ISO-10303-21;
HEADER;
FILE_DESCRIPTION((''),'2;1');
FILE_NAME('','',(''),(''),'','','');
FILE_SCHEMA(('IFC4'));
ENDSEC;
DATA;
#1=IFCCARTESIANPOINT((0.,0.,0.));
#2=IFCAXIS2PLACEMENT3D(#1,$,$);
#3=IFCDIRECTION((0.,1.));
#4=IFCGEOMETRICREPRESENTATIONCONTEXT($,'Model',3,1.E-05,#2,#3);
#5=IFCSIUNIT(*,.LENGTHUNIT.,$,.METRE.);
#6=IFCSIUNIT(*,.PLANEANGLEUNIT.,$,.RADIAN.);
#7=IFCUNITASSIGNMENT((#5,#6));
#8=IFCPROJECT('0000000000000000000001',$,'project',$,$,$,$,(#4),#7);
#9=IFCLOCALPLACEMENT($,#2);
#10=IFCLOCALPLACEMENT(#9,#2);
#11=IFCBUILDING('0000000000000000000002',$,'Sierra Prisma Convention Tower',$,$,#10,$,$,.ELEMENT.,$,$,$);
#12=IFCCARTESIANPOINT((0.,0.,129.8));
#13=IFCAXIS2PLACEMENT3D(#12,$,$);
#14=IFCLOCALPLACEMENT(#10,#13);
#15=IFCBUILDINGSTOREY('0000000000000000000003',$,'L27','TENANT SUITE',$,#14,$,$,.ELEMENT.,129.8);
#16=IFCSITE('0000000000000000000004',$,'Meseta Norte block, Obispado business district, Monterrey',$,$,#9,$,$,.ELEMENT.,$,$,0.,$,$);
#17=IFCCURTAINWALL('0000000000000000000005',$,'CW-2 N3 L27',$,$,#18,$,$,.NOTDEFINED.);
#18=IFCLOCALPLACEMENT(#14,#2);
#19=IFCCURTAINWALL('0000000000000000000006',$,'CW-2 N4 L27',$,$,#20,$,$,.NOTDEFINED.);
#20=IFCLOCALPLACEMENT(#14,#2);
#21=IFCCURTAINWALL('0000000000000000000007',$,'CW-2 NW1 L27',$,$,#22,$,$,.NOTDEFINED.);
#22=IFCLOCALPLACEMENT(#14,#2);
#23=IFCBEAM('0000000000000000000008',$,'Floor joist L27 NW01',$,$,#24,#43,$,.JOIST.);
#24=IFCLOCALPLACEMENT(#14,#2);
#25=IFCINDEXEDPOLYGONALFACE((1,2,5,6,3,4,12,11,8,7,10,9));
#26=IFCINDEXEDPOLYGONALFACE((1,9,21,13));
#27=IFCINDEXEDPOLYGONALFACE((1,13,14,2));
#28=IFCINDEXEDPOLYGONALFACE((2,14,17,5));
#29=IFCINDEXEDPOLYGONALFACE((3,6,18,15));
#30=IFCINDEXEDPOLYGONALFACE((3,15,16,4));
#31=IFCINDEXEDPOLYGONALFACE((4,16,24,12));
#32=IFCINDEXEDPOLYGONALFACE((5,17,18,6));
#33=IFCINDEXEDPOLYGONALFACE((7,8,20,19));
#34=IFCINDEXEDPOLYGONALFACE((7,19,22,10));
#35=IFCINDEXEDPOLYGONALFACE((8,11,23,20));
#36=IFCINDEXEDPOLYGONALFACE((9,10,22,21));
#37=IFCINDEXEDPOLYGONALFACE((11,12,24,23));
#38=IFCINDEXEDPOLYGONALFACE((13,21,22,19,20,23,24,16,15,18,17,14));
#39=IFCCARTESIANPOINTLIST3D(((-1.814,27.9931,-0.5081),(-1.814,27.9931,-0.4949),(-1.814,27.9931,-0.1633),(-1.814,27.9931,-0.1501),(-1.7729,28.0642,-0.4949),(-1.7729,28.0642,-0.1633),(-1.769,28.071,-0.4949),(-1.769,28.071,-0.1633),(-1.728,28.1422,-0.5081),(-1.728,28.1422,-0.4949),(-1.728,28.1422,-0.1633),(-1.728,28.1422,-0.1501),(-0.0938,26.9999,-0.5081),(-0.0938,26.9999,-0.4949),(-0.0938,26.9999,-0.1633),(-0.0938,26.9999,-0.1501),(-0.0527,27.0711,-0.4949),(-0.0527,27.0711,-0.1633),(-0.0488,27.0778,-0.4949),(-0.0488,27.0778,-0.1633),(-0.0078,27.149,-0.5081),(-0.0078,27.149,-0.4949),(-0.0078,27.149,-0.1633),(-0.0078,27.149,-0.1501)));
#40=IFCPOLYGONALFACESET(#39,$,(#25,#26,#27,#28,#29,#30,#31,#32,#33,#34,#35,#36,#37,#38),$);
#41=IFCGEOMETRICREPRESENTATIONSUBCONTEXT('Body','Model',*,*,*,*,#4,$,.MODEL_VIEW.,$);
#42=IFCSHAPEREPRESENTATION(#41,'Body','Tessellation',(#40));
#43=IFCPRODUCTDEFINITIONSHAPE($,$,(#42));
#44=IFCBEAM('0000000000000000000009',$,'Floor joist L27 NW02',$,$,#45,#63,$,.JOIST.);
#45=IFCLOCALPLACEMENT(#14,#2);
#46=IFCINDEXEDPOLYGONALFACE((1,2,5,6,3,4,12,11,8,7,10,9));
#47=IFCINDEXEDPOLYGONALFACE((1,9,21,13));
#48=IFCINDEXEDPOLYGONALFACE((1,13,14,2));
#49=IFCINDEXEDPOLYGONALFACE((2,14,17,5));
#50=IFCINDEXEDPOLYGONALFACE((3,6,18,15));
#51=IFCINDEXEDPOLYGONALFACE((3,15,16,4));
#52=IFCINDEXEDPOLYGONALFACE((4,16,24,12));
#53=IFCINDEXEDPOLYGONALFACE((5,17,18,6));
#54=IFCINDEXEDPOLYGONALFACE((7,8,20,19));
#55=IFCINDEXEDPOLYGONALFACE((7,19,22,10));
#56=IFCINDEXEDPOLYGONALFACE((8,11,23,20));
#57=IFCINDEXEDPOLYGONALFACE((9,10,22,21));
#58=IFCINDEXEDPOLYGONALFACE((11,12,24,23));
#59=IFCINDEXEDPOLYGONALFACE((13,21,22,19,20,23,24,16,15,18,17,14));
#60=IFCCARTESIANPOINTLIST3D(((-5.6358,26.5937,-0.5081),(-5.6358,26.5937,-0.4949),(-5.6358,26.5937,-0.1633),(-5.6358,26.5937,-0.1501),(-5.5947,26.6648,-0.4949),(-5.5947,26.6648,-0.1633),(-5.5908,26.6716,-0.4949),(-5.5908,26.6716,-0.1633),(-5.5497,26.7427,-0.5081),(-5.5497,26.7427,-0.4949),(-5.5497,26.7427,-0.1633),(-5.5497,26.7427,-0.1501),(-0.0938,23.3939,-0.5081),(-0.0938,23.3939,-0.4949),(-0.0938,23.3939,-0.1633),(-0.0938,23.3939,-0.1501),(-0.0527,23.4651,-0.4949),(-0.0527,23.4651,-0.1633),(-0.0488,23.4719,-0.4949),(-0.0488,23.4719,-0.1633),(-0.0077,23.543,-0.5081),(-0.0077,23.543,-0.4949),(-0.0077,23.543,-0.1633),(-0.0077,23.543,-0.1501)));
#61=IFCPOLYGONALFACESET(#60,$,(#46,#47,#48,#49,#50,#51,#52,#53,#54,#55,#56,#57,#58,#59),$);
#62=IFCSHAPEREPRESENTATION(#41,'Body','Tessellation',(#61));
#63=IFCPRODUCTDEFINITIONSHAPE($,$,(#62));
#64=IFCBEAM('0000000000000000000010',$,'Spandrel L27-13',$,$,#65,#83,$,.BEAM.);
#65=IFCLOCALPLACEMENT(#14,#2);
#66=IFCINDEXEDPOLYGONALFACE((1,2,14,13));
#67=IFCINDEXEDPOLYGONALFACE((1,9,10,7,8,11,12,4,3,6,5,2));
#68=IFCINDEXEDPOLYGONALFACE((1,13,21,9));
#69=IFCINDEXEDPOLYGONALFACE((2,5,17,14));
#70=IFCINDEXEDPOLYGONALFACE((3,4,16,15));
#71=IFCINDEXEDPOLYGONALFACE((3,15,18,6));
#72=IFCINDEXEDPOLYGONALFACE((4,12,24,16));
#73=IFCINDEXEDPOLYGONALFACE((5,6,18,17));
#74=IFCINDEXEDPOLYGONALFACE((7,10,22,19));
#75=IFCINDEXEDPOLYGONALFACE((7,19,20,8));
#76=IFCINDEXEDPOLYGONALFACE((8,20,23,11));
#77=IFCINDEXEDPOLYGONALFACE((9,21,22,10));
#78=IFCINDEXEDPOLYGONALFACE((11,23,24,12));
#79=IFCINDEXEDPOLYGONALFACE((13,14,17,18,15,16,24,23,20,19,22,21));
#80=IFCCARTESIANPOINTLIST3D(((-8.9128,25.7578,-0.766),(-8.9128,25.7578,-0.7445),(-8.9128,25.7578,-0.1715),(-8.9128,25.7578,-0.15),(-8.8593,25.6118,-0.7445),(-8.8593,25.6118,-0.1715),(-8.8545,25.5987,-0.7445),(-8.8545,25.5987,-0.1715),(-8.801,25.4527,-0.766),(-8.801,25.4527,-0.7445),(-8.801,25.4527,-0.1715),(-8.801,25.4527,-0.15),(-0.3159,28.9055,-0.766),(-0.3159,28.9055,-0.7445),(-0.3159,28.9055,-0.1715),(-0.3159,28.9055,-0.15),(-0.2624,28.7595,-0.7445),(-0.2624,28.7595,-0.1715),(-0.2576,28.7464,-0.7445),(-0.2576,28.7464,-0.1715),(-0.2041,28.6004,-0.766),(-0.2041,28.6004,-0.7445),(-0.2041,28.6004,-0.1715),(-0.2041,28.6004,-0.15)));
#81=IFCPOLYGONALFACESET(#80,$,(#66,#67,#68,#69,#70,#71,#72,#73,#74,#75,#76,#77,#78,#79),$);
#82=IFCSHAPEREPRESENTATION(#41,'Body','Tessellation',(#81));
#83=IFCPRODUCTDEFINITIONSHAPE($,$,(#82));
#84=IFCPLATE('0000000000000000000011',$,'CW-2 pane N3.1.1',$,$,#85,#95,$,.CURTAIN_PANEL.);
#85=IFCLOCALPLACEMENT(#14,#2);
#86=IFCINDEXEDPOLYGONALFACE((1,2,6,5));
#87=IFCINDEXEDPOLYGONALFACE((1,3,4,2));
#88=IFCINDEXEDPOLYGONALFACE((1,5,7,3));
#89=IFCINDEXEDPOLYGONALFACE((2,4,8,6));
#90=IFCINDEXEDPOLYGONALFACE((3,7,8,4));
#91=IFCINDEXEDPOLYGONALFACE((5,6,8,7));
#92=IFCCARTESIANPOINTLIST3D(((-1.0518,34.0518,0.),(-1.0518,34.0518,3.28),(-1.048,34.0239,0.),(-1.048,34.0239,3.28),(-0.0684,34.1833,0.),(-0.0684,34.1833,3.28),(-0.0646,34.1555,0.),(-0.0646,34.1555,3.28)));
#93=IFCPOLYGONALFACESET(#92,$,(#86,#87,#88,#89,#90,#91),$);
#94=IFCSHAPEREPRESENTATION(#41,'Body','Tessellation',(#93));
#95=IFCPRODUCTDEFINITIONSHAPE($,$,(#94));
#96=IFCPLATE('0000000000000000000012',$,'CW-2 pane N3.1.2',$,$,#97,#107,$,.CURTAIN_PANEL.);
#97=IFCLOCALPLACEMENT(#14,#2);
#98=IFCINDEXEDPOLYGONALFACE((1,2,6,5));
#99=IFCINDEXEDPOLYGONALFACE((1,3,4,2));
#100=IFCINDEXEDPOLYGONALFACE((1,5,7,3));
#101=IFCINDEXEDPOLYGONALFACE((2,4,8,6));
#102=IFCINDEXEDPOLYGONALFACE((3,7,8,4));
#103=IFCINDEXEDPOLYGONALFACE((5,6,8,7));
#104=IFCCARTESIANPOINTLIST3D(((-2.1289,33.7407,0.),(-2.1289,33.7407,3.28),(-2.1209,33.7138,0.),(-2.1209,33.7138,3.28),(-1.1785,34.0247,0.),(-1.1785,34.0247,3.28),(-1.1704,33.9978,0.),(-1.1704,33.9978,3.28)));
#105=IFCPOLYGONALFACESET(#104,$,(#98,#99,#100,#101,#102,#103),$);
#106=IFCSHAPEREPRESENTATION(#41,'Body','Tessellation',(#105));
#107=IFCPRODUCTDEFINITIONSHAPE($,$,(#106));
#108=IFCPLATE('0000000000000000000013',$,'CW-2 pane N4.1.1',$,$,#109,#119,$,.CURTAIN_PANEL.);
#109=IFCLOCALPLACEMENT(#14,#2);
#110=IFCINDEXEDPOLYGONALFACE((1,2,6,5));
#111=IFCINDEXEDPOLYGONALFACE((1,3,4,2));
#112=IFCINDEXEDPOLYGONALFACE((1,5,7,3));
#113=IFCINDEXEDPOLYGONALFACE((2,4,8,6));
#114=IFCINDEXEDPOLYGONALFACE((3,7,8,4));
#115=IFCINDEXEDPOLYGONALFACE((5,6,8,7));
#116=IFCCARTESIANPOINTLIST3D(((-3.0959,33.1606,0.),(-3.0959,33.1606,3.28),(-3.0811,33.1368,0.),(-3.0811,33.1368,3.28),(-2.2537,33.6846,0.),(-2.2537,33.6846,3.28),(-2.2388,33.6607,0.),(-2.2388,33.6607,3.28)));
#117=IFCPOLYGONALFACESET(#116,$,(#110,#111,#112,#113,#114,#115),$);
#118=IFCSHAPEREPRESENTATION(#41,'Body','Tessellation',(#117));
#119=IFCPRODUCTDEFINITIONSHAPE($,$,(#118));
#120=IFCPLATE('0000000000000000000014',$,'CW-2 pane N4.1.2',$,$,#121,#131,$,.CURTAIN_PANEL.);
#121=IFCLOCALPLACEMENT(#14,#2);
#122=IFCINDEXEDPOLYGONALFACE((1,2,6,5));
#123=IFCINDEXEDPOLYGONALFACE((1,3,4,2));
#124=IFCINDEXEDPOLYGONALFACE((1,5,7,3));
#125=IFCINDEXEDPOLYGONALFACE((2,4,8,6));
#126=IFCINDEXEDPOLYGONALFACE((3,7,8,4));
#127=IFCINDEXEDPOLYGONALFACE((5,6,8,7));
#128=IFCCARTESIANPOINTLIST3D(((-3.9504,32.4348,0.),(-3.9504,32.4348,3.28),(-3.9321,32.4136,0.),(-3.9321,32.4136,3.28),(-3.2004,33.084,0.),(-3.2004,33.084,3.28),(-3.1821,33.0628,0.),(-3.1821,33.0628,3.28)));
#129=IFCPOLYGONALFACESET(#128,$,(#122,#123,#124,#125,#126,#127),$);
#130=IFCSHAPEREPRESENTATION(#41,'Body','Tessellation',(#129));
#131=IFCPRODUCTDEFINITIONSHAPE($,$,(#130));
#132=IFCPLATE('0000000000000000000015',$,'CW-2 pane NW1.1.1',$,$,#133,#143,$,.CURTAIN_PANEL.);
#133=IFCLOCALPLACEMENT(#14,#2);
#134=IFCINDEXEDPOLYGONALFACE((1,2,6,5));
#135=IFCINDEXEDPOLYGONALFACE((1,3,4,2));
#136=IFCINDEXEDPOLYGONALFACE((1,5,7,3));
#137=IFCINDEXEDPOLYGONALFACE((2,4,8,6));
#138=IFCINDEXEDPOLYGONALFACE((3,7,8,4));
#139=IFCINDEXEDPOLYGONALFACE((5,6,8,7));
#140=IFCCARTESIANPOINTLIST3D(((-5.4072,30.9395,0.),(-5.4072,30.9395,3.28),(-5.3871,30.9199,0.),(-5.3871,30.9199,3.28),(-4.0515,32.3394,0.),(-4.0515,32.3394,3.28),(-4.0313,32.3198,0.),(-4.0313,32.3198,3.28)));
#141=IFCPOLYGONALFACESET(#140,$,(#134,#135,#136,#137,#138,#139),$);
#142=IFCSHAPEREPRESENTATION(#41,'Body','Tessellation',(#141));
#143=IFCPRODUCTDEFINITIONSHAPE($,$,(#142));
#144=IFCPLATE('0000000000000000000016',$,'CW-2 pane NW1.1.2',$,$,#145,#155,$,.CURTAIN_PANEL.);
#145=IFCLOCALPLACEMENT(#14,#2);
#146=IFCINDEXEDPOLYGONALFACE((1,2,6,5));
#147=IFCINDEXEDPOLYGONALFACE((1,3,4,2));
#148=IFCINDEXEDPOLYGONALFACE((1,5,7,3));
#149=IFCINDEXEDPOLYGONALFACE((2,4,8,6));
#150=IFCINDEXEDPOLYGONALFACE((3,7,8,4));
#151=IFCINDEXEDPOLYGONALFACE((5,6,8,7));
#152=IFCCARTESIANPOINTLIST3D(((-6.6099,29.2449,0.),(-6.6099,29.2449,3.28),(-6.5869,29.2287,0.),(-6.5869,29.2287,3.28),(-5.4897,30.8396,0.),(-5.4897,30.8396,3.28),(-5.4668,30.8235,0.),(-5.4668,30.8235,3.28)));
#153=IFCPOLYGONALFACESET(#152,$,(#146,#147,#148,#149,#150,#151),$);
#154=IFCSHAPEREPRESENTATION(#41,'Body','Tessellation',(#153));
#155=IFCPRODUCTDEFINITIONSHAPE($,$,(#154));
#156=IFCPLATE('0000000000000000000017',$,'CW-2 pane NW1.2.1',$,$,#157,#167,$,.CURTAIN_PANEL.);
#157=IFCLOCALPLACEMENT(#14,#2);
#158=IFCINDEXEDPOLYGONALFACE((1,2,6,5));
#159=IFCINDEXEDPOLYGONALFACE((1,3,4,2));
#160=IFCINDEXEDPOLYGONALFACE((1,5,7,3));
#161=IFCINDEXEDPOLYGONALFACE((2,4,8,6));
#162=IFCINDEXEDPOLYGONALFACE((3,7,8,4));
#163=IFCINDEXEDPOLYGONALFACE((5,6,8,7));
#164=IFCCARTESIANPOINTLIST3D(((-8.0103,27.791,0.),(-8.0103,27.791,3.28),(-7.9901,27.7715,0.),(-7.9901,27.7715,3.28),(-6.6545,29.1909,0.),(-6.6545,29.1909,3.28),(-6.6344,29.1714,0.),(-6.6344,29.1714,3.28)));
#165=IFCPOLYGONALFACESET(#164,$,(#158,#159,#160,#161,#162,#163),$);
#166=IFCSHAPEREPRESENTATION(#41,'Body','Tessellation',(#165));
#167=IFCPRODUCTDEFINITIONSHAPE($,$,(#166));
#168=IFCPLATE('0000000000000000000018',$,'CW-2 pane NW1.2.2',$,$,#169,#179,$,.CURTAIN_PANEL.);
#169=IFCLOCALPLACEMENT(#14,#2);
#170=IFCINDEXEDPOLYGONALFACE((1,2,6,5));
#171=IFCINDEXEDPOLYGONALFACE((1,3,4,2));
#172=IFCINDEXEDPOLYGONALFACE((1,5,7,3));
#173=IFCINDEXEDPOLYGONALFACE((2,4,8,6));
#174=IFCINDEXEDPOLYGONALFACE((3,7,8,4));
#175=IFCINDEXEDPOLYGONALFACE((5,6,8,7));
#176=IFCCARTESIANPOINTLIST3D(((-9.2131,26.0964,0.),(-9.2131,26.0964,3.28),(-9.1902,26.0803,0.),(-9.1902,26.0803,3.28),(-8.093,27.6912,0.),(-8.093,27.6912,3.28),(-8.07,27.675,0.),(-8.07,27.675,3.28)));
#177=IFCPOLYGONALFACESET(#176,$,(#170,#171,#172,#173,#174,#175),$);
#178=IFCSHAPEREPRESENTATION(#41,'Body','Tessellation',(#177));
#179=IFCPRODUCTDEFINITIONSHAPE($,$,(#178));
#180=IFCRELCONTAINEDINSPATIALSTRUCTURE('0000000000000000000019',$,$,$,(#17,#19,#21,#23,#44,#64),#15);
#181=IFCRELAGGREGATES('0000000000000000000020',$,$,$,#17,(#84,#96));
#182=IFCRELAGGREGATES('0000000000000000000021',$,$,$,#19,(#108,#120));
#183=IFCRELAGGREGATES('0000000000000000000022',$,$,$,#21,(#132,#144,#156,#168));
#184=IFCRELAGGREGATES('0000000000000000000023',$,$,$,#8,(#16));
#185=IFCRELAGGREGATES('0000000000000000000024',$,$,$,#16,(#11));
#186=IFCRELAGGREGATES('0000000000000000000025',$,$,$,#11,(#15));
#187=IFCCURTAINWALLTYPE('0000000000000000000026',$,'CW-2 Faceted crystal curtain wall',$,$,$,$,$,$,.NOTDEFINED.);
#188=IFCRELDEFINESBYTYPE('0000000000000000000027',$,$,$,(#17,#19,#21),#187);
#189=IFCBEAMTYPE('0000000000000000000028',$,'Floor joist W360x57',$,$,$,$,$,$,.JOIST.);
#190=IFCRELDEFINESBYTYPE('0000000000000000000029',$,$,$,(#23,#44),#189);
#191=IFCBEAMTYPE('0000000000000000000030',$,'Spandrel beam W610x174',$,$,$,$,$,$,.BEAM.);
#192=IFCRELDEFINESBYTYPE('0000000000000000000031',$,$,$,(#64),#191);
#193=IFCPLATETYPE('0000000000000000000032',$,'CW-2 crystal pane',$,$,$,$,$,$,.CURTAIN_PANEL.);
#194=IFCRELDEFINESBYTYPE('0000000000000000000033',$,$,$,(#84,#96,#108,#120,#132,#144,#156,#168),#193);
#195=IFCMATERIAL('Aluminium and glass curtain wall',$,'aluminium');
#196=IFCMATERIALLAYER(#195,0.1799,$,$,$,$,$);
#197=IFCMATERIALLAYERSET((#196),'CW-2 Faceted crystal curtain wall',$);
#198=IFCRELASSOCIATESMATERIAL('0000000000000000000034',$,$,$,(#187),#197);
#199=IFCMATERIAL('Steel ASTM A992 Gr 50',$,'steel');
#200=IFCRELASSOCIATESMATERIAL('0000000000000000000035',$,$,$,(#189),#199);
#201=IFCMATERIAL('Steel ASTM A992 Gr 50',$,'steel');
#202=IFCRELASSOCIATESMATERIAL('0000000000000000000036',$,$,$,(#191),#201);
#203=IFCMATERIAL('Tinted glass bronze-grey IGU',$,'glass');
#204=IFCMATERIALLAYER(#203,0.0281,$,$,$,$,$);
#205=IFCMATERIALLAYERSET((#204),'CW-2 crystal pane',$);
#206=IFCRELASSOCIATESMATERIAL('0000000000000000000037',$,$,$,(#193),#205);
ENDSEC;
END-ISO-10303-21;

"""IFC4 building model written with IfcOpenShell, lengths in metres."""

from ifc_helpers import new_model, si_unit, direction, frame, origin, origin_2d, place, context, subcontext, project, spatial, polyline, i_section, outline, extrude, material, layer, layer_set, material_profile, profile_set, type_object, element, aggregate, save


model = new_model("IFC4")

# Units and contexts
model_context = context("Model", 3, precision=1e-05, world=origin(), true_north=direction((0.0, 1.0)))
body_context = subcontext(model_context, "Body", "Model", "MODEL_VIEW")
ifc_project = project(units=[si_unit("LENGTHUNIT", "METRE"), si_unit("PLANEANGLEUNIT", "RADIAN")], contexts=[model_context])

# Site, building, storey
site_placement = place(None, origin())
site = spatial("IfcSite", under=ifc_project, at=site_placement, Name="Meseta Norte block, Obispado business district, Monterrey", CompositionType="ELEMENT", RefElevation=0.0)
building_placement = place(site_placement, origin())
building = spatial("IfcBuilding", under=site, at=building_placement, Name="Sierra Prisma Convention Tower", CompositionType="ELEMENT")
storey_placement = place(building_placement, frame((0.0, 0.0, 129.8)))
storey = spatial("IfcBuildingStorey", under=building, at=storey_placement, Name="L27", Description="TENANT SUITE", CompositionType="ELEMENT", Elevation=129.8)

# Curtain walls
ifc_material_1 = material(Name="Aluminium and glass curtain wall", Category="aluminium")
ifc_layer_1 = layer(ifc_material_1, 0.1799)
ifc_layer_set_1 = layer_set([ifc_layer_1], Name="CW-2 Faceted crystal curtain wall")
curtain_wall_type = type_object("IfcCurtainWallType", Name="CW-2 Faceted crystal curtain wall", PredefinedType="NOTDEFINED", material=ifc_layer_set_1)
curtain_wall_1_placement = place(storey_placement, origin())
curtain_wall_1 = element("IfcCurtainWall", 1, at=curtain_wall_1_placement, inside=storey, type_object=curtain_wall_type, Name="CW-2 N3 L27", PredefinedType="NOTDEFINED")
curtain_wall_2_placement = place(storey_placement, origin())
curtain_wall_2 = element("IfcCurtainWall", 2, at=curtain_wall_2_placement, inside=storey, type_object=curtain_wall_type, Name="CW-2 N4 L27", PredefinedType="NOTDEFINED")

# Curtain wall
curtain_wall_3_placement = place(storey_placement, origin())
curtain_wall_3 = element("IfcCurtainWall", 3, at=curtain_wall_3_placement, inside=storey, type_object=curtain_wall_type, Name="CW-2 NW1 L27", PredefinedType="NOTDEFINED")

# Beams
ifc_material_2 = material(Name="Steel ASTM A992 Gr 50", Category="steel")
ifc_material_profile_1 = material_profile(ifc_material_2, i_section(OverallWidth=0.1721, OverallDepth=0.3579, WebThickness=0.0078, FlangeThickness=0.0132, at=origin_2d()), Name="W360x57")
ifc_profile_set_1 = profile_set([ifc_material_profile_1], Name="Steel ASTM A992 Gr 50")
beam_type_1 = type_object("IfcBeamType", Name="Floor joist W360x57", PredefinedType="JOIST", material=ifc_profile_set_1)
beam_1_placement = place(storey_placement, frame((-1.771, 28.0676, -0.3291), z_axis=(0.866026, -0.499999, 0.0), x_axis=(0.499999, 0.866026, 0.0)))
element("IfcBeam", 4, at=beam_1_placement, inside=storey, type_object=beam_type_1, Name="Floor joist L27 NW01", PredefinedType="JOIST", context=body_context, shape_type="SweptSolid", body=[
    extrude(i_section(OverallWidth=0.1721, OverallDepth=0.3579, WebThickness=0.0078, FlangeThickness=0.0132, at=origin_2d()), origin(), (0.0, 0.0, 1.0), 1.9863),
])
beam_2_placement = place(storey_placement, frame((-5.5928, 26.6682, -0.3291), z_axis=(0.866023, -0.500004, 0.0), x_axis=(0.500004, 0.866023, 0.0)))
element("IfcBeam", 5, at=beam_2_placement, inside=storey, type_object=beam_type_1, Name="Floor joist L27 NW02", PredefinedType="JOIST", context=body_context, shape_type="SweptSolid", body=[
    extrude(i_section(OverallWidth=0.1721, OverallDepth=0.3579, WebThickness=0.0078, FlangeThickness=0.0132, at=origin_2d()), origin(), (0.0, 0.0, 1.0), 6.3994),
])
ifc_material_3 = material(Name="Steel ASTM A992 Gr 50", Category="steel")
ifc_material_profile_2 = material_profile(ifc_material_3, i_section(OverallWidth=0.325, OverallDepth=0.616, WebThickness=0.0139, FlangeThickness=0.0215, at=origin_2d()), Name="W610x174")
ifc_profile_set_2 = profile_set([ifc_material_profile_2], Name="Steel ASTM A992 Gr 50")
beam_type_2 = type_object("IfcBeamType", Name="Spandrel beam W610x174", PredefinedType="BEAM", material=ifc_profile_set_2)
beam_3_placement = place(storey_placement, frame((-0.26, 28.7529, -0.458), z_axis=(-0.939035, -0.343821, 0.0), x_axis=(0.343821, -0.939035, 0.0)))
element("IfcBeam", 6, at=beam_3_placement, inside=storey, type_object=beam_type_2, Name="Spandrel L27-13", PredefinedType="BEAM", context=body_context, shape_type="SweptSolid", body=[
    extrude(i_section(OverallWidth=0.325, OverallDepth=0.616, WebThickness=0.0139, FlangeThickness=0.0215, at=origin_2d()), origin(), (0.0, 0.0, 1.0), 9.155),
])

# Plates
ifc_material_4 = material(Name="Tinted glass bronze-grey IGU", Category="glass")
ifc_layer_2 = layer(ifc_material_4, 0.0281)
ifc_layer_set_2 = layer_set([ifc_layer_2], Name="CW-2 crystal pane")
plate_type = type_object("IfcPlateType", Name="CW-2 crystal pane", PredefinedType="CURTAIN_PANEL", material=ifc_layer_set_2)
plate_1_placement = place(storey_placement, frame((-0.0684, 34.1833, 0.0), z_axis=(-0.132631, 0.991165, 0.0), x_axis=(-0.991165, -0.132631, 0.0)))
plate_1 = element("IfcPlate", 7, at=plate_1_placement, type_object=plate_type, Name="CW-2 pane N3.1.1", PredefinedType="CURTAIN_PANEL", context=body_context, shape_type="SweptSolid", body=[
    extrude(outline(polyline([(0.0, 0.0), (0.9922, 0.0), (0.9922, 3.28), (0.0, 3.28), (0.0, 0.0)])), origin(), (0.0, 0.0, -1.0), 0.0281),
])
plate_2_placement = place(storey_placement, frame((-2.1289, 33.7407, 0.0), z_axis=(-0.286241, 0.958158, 0.0), x_axis=(0.958158, 0.286241, 0.0)))
plate_2 = element("IfcPlate", 8, at=plate_2_placement, type_object=plate_type, Name="CW-2 pane N3.1.2", PredefinedType="CURTAIN_PANEL", context=body_context, shape_type="SweptSolid", body=[
    extrude(outline(polyline([(0.0, 0.0), (0.9919, 0.0), (0.9919, -3.28), (0.0, -3.28), (0.0, 0.0)])), origin(), (0.0, 0.0, -1.0), 0.0281),
])
aggregate(curtain_wall_1, [plate_1, plate_2])
plate_3_placement = place(storey_placement, frame((-2.2537, 33.6846, 0.0), z_axis=(-0.528184, 0.84913, 0.0), x_axis=(-0.84913, -0.528184, 0.0)))
plate_3 = element("IfcPlate", 9, at=plate_3_placement, type_object=plate_type, Name="CW-2 pane N4.1.1", PredefinedType="CURTAIN_PANEL", context=body_context, shape_type="SweptSolid", body=[
    extrude(outline(polyline([(0.0, 0.0), (0.9919, 0.0), (0.9919, 3.28), (0.0, 3.28), (0.0, 0.0)])), origin(), (0.0, 0.0, -1.0), 0.0281),
])
plate_4_placement = place(storey_placement, frame((-3.9504, 32.4348, 0.0), z_axis=(-0.654453, 0.756103, 0.0), x_axis=(0.756103, 0.654453, 0.0)))
plate_4 = element("IfcPlate", 10, at=plate_4_placement, type_object=plate_type, Name="CW-2 pane N4.1.2", PredefinedType="CURTAIN_PANEL", context=body_context, shape_type="SweptSolid", body=[
    extrude(outline(polyline([(0.0, 0.0), (0.9919, 0.0), (0.9919, -3.28), (0.0, -3.28), (0.0, 0.0)])), origin(), (0.0, 0.0, -1.0), 0.0281),
])
aggregate(curtain_wall_2, [plate_3, plate_4])
plate_5_placement = place(storey_placement, frame((-4.0515, 32.3394, 0.0), z_axis=(-0.718354, 0.695678, 0.0), x_axis=(-0.695678, -0.718354, 0.0)))
plate_5 = element("IfcPlate", 11, at=plate_5_placement, type_object=plate_type, Name="CW-2 pane NW1.1.1", PredefinedType="CURTAIN_PANEL", context=body_context, shape_type="SweptSolid", body=[
    extrude(outline(polyline([(0.0, 0.0), (1.9488, 0.0), (1.9488, 3.28), (0.0, 3.28), (0.0, 0.0)])), origin(), (0.0, 0.0, -1.0), 0.0281),
])
plate_6_placement = place(storey_placement, frame((-6.6099, 29.2449, 0.0), z_axis=(-0.818313, 0.574773, 0.0), x_axis=(0.574773, 0.818313, 0.0)))
plate_6 = element("IfcPlate", 12, at=plate_6_placement, type_object=plate_type, Name="CW-2 pane NW1.1.2", PredefinedType="CURTAIN_PANEL", context=body_context, shape_type="SweptSolid", body=[
    extrude(outline(polyline([(0.0, 0.0), (1.9488, 0.0), (1.9488, -3.28), (0.0, -3.28), (0.0, 0.0)])), origin(), (0.0, 0.0, -1.0), 0.0281),
])
plate_7_placement = place(storey_placement, frame((-6.6545, 29.1909, 0.0), z_axis=(-0.718354, 0.695678, 0.0), x_axis=(-0.695678, -0.718354, 0.0)))
plate_7 = element("IfcPlate", 13, at=plate_7_placement, type_object=plate_type, Name="CW-2 pane NW1.2.1", PredefinedType="CURTAIN_PANEL", context=body_context, shape_type="SweptSolid", body=[
    extrude(outline(polyline([(0.0, 0.0), (1.9488, 0.0), (1.9488, 3.28), (0.0, 3.28), (0.0, 0.0)])), origin(), (0.0, 0.0, -1.0), 0.0281),
])
plate_8_placement = place(storey_placement, frame((-9.2131, 26.0964, 0.0), z_axis=(-0.818313, 0.574773, 0.0), x_axis=(0.574773, 0.818313, 0.0)))
plate_8 = element("IfcPlate", 14, at=plate_8_placement, type_object=plate_type, Name="CW-2 pane NW1.2.2", PredefinedType="CURTAIN_PANEL", context=body_context, shape_type="SweptSolid", body=[
    extrude(outline(polyline([(0.0, 0.0), (1.9488, 0.0), (1.9488, -3.28), (0.0, -3.28), (0.0, 0.0)])), origin(), (0.0, 0.0, -1.0), 0.0281),
])
aggregate(curtain_wall_3, [plate_5, plate_6, plate_7, plate_8])

save(model, "model.ifc")
